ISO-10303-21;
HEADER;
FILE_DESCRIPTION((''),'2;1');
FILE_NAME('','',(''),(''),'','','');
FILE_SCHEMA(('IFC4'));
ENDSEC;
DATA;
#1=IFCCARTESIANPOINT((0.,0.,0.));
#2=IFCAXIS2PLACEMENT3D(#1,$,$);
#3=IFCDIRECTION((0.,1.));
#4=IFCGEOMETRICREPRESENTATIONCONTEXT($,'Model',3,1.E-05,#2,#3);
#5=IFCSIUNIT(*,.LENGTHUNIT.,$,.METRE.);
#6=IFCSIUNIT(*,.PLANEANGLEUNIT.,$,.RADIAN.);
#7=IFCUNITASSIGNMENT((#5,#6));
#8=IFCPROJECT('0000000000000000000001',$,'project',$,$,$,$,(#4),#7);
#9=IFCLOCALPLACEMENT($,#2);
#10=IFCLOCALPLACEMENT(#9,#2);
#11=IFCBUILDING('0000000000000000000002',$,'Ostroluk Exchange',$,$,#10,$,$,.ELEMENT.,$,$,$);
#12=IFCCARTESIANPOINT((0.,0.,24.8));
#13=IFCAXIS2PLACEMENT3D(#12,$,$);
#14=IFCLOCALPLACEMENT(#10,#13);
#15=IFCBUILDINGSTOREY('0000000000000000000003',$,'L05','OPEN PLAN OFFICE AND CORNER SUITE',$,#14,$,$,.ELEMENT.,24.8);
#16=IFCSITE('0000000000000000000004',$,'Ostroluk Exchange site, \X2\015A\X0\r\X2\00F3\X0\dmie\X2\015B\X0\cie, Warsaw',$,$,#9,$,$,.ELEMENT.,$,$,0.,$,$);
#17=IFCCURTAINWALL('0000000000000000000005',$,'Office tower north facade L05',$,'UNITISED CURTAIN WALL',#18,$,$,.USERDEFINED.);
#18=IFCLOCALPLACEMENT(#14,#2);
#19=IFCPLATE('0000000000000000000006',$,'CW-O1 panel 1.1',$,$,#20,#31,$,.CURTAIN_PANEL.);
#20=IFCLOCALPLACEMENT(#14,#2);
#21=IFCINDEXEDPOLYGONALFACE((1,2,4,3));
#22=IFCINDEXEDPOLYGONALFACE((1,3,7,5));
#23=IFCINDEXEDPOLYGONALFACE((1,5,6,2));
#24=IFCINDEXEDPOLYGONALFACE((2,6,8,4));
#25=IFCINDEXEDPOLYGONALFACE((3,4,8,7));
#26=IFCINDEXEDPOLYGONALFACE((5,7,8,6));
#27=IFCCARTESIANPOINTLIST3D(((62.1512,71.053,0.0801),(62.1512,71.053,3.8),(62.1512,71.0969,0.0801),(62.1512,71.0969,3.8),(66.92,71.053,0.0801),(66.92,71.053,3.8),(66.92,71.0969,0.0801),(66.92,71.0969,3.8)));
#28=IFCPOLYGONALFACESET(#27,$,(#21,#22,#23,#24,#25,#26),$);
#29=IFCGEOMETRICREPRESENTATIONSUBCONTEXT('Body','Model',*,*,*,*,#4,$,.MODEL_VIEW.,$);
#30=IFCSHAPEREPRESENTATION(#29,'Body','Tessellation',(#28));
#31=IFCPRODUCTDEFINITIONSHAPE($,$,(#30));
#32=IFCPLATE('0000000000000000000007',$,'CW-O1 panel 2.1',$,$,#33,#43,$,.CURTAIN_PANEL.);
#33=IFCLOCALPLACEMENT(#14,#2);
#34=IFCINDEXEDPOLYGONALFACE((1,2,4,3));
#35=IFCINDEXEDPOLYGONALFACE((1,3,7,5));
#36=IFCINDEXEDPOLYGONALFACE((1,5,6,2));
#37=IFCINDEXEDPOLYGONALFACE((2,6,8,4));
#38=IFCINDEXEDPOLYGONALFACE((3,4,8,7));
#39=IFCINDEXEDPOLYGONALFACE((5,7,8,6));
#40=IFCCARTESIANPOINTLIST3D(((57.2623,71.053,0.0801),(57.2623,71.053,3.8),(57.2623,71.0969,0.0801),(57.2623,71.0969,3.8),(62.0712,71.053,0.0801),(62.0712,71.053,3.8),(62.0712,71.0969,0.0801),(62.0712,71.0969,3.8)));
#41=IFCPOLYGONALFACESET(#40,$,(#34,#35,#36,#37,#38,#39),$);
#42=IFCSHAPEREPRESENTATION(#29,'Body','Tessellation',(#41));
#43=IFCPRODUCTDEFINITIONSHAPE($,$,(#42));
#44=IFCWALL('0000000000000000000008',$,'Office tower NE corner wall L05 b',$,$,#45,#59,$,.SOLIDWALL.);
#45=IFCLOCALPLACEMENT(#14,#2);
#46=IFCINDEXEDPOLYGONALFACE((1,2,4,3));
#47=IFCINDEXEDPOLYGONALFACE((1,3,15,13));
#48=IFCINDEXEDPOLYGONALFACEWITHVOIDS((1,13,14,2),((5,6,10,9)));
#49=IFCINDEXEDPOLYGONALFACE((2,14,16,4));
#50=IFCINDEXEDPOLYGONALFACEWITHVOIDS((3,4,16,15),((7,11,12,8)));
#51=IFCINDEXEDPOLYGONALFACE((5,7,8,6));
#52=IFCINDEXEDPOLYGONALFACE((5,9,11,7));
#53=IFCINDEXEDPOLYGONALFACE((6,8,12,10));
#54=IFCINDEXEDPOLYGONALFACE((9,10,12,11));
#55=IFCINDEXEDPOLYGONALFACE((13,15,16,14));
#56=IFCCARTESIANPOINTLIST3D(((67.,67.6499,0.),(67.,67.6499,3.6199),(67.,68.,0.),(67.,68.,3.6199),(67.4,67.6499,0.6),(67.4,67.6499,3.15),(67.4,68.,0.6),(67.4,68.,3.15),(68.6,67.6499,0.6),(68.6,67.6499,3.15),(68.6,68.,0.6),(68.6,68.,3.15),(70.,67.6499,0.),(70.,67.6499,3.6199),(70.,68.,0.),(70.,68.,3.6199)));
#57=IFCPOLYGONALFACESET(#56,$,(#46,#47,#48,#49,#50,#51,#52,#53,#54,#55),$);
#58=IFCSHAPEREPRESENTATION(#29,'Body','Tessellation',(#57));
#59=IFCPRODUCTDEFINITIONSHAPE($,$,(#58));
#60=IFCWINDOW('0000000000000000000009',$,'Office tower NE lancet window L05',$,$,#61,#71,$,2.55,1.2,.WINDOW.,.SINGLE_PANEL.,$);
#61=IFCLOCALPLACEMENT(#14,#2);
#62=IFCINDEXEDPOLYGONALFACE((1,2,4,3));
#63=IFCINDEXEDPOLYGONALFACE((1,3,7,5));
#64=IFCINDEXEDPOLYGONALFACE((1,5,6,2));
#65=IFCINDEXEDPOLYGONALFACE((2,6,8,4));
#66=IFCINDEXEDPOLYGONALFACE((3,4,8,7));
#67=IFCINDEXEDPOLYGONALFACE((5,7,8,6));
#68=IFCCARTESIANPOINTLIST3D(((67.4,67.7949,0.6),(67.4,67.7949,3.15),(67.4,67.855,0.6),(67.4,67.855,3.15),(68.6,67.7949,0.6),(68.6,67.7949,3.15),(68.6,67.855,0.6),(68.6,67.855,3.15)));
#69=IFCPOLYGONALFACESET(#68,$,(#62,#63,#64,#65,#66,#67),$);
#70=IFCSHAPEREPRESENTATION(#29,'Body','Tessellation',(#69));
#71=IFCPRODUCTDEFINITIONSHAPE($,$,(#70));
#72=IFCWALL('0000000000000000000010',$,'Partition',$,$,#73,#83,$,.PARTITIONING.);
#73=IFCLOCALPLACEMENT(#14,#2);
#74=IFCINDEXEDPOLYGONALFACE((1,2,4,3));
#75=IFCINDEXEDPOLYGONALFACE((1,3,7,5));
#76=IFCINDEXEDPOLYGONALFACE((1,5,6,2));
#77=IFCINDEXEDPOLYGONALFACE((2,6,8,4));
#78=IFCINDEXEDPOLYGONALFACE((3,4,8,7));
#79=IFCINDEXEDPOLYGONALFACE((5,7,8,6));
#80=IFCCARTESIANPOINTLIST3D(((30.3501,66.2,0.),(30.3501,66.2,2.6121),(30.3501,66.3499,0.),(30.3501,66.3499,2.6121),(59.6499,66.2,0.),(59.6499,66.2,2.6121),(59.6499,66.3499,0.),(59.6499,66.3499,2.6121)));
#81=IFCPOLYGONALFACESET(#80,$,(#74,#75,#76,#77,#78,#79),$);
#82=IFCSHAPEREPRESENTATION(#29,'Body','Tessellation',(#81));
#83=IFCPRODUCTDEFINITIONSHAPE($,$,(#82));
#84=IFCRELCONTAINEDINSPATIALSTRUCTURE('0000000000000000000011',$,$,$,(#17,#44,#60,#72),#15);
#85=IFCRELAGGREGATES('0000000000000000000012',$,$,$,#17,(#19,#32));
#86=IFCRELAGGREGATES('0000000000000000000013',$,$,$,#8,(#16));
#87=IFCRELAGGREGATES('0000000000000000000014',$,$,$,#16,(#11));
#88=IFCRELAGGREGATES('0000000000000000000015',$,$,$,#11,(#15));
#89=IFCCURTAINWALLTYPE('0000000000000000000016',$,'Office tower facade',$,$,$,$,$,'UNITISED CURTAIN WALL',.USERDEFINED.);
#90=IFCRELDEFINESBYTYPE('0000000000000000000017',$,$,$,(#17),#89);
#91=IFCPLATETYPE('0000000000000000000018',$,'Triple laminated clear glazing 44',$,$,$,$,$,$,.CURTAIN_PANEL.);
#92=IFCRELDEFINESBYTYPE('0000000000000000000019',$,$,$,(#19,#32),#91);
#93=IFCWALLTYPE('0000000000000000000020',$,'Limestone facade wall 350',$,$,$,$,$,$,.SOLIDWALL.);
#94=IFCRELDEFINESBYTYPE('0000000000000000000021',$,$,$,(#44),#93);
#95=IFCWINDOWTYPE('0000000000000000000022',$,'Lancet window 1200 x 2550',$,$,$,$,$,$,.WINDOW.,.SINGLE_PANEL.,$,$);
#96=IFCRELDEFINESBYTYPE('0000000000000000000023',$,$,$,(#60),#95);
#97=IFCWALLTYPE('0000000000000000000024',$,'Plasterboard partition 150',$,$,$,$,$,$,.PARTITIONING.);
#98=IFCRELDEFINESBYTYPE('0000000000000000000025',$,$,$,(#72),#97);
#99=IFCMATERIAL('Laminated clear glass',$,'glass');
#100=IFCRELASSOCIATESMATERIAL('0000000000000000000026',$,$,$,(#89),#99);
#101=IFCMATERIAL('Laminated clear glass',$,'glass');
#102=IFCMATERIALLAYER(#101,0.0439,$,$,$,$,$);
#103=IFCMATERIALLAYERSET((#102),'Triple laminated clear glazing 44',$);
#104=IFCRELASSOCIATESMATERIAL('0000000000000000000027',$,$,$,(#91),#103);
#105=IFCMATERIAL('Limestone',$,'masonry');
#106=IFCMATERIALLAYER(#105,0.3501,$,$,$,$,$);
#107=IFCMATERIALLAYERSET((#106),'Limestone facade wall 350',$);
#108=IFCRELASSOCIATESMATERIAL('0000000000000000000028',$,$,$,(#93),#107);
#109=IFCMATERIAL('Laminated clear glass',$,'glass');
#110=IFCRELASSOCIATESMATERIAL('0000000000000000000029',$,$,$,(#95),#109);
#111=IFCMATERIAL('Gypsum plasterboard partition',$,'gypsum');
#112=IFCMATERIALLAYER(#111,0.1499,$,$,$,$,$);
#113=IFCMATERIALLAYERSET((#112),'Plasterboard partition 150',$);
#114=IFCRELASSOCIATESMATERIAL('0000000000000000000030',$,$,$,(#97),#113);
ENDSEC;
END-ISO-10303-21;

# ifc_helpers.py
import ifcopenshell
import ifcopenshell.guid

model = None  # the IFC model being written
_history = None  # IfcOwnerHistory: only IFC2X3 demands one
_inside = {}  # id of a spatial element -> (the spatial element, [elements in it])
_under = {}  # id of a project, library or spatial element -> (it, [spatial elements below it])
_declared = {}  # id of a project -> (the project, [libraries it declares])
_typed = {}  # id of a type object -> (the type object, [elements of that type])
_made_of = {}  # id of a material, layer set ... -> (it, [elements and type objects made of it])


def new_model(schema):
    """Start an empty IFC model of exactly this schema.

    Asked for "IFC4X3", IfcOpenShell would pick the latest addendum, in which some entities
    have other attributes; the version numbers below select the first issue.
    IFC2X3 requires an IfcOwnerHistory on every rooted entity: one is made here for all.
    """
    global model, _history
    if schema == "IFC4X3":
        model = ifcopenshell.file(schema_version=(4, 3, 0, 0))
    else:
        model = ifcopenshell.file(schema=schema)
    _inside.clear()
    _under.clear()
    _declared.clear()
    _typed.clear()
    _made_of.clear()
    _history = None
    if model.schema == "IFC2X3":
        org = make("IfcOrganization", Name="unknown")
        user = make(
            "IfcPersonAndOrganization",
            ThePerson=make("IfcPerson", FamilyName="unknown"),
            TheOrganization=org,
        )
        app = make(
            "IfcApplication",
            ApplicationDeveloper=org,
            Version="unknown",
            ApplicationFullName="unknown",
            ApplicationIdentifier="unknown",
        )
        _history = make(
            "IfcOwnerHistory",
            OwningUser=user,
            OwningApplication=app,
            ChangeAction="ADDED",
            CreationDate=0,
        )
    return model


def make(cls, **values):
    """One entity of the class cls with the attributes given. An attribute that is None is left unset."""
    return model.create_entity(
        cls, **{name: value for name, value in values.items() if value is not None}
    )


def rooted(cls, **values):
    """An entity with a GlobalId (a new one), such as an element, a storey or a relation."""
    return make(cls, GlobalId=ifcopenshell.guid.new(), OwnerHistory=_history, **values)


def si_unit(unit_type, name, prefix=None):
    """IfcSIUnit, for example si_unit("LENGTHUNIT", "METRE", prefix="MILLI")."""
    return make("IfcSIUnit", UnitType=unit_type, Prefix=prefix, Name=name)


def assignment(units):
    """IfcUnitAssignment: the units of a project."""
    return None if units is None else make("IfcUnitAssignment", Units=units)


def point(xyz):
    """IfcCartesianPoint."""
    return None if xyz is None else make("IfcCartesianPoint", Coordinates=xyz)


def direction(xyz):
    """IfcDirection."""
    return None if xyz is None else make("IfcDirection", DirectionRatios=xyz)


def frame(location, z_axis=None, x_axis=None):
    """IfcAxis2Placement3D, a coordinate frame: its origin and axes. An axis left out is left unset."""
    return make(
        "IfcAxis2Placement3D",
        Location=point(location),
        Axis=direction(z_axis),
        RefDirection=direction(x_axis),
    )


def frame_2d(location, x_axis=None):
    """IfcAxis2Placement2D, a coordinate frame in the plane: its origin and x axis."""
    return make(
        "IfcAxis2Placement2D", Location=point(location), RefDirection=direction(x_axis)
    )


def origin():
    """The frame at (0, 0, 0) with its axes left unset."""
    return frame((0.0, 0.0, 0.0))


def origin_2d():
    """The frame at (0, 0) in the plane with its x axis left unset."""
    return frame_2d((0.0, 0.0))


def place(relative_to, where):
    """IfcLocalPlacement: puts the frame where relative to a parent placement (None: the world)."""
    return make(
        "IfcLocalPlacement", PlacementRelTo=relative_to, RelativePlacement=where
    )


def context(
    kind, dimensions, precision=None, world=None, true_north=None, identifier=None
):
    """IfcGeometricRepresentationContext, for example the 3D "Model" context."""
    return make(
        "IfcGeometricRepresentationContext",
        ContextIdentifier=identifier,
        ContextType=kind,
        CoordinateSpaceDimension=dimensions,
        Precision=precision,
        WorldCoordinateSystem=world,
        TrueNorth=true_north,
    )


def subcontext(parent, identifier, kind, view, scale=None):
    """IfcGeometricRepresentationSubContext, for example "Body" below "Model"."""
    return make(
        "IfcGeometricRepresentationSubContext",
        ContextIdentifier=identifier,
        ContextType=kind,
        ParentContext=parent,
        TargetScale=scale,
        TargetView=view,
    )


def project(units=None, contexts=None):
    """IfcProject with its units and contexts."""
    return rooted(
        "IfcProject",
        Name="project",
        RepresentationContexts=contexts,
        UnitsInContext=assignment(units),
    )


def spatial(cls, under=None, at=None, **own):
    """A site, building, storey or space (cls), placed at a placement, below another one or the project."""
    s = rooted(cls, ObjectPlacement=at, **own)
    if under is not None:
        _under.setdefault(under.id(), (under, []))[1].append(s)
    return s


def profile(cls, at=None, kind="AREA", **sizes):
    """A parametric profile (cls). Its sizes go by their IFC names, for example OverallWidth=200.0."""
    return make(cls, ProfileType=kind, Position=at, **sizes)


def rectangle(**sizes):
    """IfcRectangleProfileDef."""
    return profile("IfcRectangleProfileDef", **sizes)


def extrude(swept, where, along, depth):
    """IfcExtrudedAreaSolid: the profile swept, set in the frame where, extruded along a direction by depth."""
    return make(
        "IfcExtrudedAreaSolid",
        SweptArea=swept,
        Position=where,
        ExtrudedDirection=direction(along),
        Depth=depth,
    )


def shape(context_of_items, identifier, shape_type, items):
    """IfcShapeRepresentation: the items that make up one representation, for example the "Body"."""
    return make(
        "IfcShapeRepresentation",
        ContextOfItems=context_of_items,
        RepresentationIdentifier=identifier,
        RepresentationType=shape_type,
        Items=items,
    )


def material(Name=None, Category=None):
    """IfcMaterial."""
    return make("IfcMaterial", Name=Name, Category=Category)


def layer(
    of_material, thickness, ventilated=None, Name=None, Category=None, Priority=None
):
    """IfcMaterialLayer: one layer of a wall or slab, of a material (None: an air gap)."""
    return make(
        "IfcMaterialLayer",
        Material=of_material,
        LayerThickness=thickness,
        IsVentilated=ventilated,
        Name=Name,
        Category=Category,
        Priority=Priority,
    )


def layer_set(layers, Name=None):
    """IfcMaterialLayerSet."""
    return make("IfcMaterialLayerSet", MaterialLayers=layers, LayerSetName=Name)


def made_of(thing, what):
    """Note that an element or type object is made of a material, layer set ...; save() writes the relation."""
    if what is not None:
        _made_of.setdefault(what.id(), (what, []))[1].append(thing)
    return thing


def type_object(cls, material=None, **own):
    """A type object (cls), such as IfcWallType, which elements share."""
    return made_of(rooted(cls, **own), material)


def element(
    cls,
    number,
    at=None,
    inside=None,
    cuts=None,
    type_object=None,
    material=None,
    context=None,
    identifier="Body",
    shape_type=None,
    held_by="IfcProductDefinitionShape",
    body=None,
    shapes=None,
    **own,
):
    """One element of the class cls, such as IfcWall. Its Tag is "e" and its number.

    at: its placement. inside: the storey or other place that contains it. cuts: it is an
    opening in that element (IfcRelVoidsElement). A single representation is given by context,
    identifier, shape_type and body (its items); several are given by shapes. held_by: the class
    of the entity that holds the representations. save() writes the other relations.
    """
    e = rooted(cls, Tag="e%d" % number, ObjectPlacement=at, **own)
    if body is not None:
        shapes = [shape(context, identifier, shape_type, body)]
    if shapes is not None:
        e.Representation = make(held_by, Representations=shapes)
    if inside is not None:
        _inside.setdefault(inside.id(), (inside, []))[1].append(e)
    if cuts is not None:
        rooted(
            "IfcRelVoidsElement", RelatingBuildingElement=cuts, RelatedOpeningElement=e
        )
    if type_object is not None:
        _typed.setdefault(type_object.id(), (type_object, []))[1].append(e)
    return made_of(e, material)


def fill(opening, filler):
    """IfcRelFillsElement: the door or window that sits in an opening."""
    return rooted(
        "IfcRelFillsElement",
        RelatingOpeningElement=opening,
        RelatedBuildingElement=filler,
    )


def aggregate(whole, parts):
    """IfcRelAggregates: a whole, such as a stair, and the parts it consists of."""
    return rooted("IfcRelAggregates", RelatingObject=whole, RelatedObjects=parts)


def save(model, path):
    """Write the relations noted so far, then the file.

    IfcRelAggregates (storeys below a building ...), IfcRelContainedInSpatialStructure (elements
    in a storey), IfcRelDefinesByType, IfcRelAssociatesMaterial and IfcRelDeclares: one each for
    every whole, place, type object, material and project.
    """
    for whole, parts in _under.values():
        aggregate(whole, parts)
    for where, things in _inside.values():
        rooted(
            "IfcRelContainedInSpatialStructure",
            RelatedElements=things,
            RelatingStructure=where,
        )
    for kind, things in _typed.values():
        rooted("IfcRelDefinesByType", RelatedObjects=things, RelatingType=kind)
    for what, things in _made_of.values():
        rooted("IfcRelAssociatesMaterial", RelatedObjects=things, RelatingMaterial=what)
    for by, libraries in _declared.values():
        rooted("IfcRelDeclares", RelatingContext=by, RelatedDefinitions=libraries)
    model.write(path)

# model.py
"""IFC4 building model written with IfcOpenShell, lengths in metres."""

from ifc_helpers import new_model, si_unit, direction, frame, frame_2d, origin, origin_2d, place, context, subcontext, project, spatial, rectangle, extrude, material, layer, layer_set, type_object, element, fill, aggregate, save


model = new_model("IFC4")

# Units and contexts
model_context = context("Model", 3, precision=1e-05, world=origin(), true_north=direction((0.0, 1.0)))
body_context = subcontext(model_context, "Body", "Model", "MODEL_VIEW")
ifc_project = project(units=[si_unit("LENGTHUNIT", "METRE"), si_unit("PLANEANGLEUNIT", "RADIAN")], contexts=[model_context])

# Site, building, storey
site_placement = place(None, origin())
site = spatial("IfcSite", under=ifc_project, at=site_placement, Name="Ostroluk Exchange site, Śródmieście, Warsaw", CompositionType="ELEMENT", RefElevation=0.0)
building_placement = place(site_placement, origin())
building = spatial("IfcBuilding", under=site, at=building_placement, Name="Ostroluk Exchange", CompositionType="ELEMENT")
storey_placement = place(building_placement, frame((0.0, 0.0, 24.8)))
storey = spatial("IfcBuildingStorey", under=building, at=storey_placement, Name="L05", Description="OPEN PLAN OFFICE AND CORNER SUITE", CompositionType="ELEMENT", Elevation=24.8)

# Curtain wall
ifc_material_1 = material(Name="Laminated clear glass", Category="glass")
curtain_wall_type = type_object("IfcCurtainWallType", Name="Office tower facade", ElementType="UNITISED CURTAIN WALL", PredefinedType="USERDEFINED", material=ifc_material_1)
curtain_wall_placement = place(storey_placement, origin())
curtain_wall = element("IfcCurtainWall", 1, at=curtain_wall_placement, inside=storey, type_object=curtain_wall_type, Name="Office tower north facade L05", ObjectType="UNITISED CURTAIN WALL", PredefinedType="USERDEFINED")

# Plates
ifc_material_2 = material(Name="Laminated clear glass", Category="glass")
ifc_layer_1 = layer(ifc_material_2, 0.0439)
ifc_layer_set_1 = layer_set([ifc_layer_1], Name="Triple laminated clear glazing 44")
plate_type_1 = type_object("IfcPlateType", Name="Triple laminated clear glazing 44", PredefinedType="CURTAIN_PANEL", material=ifc_layer_set_1)
plate_1_placement = place(storey_placement, frame((64.5356, 71.075, 0.0801), z_axis=(0.0, 0.0, 1.0), x_axis=(-1.0, 0.0, 0.0)))
plate_1 = element("IfcPlate", 2, at=plate_1_placement, type_object=plate_type_1, Name="CW-O1 panel 1.1", PredefinedType="CURTAIN_PANEL", context=body_context, shape_type="SweptSolid", body=[
    extrude(rectangle(XDim=4.7688, YDim=0.0439, at=origin_2d()), origin(), (0.0, 0.0, 1.0), 3.72),
])
plate_2_placement = place(storey_placement, frame((59.6667, 71.075, 0.0801), z_axis=(0.0, 0.0, 1.0), x_axis=(-1.0, 0.0, 0.0)))
plate_2 = element("IfcPlate", 3, at=plate_2_placement, type_object=plate_type_1, Name="CW-O1 panel 2.1", PredefinedType="CURTAIN_PANEL", context=body_context, shape_type="SweptSolid", body=[
    extrude(rectangle(XDim=4.8088, YDim=0.0439, at=origin_2d()), origin(), (0.0, 0.0, 1.0), 3.72),
])
aggregate(curtain_wall, [plate_1, plate_2])

# Shared definitions
ifc_material_3 = material(Name="Limestone", Category="masonry")
ifc_layer_2 = layer(ifc_material_3, 0.3501)
ifc_layer_set_2 = layer_set([ifc_layer_2], Name="Limestone facade wall 350")
wall_type_1 = type_object("IfcWallType", Name="Limestone facade wall 350", PredefinedType="SOLIDWALL", material=ifc_layer_set_2)

# Wall, opening, window
wall_1_placement = place(storey_placement, frame((67.0, 67.825, 0.0), z_axis=(0.0, 0.0, 1.0), x_axis=(1.0, 0.0, 0.0)))
wall_1 = element("IfcWall", 4, at=wall_1_placement, inside=storey, type_object=wall_type_1, Name="Office tower NE corner wall L05 b", PredefinedType="SOLIDWALL", context=body_context, shape_type="SweptSolid", body=[
    extrude(rectangle(XDim=3.0, YDim=0.3501, at=frame_2d((1.5, 0.0))), origin(), (0.0, 0.0, 1.0), 3.6199),
])
opening_1_placement = place(wall_1_placement, frame((0.3999, 0.0, 0.6001)))
opening_1 = element("IfcOpeningElement", 5, at=opening_1_placement, cuts=wall_1, PredefinedType="OPENING", context=body_context, shape_type="SweptSolid", body=[
    extrude(rectangle(XDim=1.2, YDim=2.55, at=frame_2d((0.6001, 1.2749))), frame((0.0, 0.1851, 0.0), z_axis=(0.0, -1.0, 0.0), x_axis=(1.0, 0.0, 0.0)), (0.0, 0.0, 1.0), 0.3701),
])
ifc_material_4 = material(Name="Laminated clear glass", Category="glass")
window_type = type_object("IfcWindowType", Name="Lancet window 1200 x 2550", PartitioningType="SINGLE_PANEL", PredefinedType="WINDOW", material=ifc_material_4)
window_placement = place(opening_1_placement, origin())
window = element("IfcWindow", 6, at=window_placement, inside=storey, type_object=window_type, Name="Office tower NE lancet window L05", OverallHeight=2.55, OverallWidth=1.2, PartitioningType="SINGLE_PANEL", PredefinedType="WINDOW", context=body_context, shape_type="SweptSolid", body=[
    extrude(rectangle(XDim=1.2, YDim=2.55, at=frame_2d((0.6001, 1.2749))), frame((0.0, 0.03, 0.0), z_axis=(0.0, -1.0, 0.0), x_axis=(1.0, 0.0, 0.0)), (0.0, 0.0, 1.0), 0.0601),
])
fill(opening_1, window)

# Wall
ifc_material_5 = material(Name="Gypsum plasterboard partition", Category="gypsum")
ifc_layer_3 = layer(ifc_material_5, 0.1499)
ifc_layer_set_3 = layer_set([ifc_layer_3], Name="Plasterboard partition 150")
wall_type_2 = type_object("IfcWallType", Name="Plasterboard partition 150", PredefinedType="PARTITIONING", material=ifc_layer_set_3)
wall_2_placement = place(storey_placement, frame((59.6499, 66.2749, 0.0), z_axis=(0.0, 0.0, 1.0), x_axis=(-1.0, 0.0, 0.0)))
element("IfcWall", 7, at=wall_2_placement, inside=storey, type_object=wall_type_2, Name="Partition", PredefinedType="PARTITIONING", context=body_context, shape_type="SweptSolid", body=[
    extrude(rectangle(XDim=29.2998, YDim=0.1499, at=frame_2d((14.6499, 0.0))), origin(), (0.0, 0.0, 1.0), 2.6121),
])

save(model, "model.ifc")
